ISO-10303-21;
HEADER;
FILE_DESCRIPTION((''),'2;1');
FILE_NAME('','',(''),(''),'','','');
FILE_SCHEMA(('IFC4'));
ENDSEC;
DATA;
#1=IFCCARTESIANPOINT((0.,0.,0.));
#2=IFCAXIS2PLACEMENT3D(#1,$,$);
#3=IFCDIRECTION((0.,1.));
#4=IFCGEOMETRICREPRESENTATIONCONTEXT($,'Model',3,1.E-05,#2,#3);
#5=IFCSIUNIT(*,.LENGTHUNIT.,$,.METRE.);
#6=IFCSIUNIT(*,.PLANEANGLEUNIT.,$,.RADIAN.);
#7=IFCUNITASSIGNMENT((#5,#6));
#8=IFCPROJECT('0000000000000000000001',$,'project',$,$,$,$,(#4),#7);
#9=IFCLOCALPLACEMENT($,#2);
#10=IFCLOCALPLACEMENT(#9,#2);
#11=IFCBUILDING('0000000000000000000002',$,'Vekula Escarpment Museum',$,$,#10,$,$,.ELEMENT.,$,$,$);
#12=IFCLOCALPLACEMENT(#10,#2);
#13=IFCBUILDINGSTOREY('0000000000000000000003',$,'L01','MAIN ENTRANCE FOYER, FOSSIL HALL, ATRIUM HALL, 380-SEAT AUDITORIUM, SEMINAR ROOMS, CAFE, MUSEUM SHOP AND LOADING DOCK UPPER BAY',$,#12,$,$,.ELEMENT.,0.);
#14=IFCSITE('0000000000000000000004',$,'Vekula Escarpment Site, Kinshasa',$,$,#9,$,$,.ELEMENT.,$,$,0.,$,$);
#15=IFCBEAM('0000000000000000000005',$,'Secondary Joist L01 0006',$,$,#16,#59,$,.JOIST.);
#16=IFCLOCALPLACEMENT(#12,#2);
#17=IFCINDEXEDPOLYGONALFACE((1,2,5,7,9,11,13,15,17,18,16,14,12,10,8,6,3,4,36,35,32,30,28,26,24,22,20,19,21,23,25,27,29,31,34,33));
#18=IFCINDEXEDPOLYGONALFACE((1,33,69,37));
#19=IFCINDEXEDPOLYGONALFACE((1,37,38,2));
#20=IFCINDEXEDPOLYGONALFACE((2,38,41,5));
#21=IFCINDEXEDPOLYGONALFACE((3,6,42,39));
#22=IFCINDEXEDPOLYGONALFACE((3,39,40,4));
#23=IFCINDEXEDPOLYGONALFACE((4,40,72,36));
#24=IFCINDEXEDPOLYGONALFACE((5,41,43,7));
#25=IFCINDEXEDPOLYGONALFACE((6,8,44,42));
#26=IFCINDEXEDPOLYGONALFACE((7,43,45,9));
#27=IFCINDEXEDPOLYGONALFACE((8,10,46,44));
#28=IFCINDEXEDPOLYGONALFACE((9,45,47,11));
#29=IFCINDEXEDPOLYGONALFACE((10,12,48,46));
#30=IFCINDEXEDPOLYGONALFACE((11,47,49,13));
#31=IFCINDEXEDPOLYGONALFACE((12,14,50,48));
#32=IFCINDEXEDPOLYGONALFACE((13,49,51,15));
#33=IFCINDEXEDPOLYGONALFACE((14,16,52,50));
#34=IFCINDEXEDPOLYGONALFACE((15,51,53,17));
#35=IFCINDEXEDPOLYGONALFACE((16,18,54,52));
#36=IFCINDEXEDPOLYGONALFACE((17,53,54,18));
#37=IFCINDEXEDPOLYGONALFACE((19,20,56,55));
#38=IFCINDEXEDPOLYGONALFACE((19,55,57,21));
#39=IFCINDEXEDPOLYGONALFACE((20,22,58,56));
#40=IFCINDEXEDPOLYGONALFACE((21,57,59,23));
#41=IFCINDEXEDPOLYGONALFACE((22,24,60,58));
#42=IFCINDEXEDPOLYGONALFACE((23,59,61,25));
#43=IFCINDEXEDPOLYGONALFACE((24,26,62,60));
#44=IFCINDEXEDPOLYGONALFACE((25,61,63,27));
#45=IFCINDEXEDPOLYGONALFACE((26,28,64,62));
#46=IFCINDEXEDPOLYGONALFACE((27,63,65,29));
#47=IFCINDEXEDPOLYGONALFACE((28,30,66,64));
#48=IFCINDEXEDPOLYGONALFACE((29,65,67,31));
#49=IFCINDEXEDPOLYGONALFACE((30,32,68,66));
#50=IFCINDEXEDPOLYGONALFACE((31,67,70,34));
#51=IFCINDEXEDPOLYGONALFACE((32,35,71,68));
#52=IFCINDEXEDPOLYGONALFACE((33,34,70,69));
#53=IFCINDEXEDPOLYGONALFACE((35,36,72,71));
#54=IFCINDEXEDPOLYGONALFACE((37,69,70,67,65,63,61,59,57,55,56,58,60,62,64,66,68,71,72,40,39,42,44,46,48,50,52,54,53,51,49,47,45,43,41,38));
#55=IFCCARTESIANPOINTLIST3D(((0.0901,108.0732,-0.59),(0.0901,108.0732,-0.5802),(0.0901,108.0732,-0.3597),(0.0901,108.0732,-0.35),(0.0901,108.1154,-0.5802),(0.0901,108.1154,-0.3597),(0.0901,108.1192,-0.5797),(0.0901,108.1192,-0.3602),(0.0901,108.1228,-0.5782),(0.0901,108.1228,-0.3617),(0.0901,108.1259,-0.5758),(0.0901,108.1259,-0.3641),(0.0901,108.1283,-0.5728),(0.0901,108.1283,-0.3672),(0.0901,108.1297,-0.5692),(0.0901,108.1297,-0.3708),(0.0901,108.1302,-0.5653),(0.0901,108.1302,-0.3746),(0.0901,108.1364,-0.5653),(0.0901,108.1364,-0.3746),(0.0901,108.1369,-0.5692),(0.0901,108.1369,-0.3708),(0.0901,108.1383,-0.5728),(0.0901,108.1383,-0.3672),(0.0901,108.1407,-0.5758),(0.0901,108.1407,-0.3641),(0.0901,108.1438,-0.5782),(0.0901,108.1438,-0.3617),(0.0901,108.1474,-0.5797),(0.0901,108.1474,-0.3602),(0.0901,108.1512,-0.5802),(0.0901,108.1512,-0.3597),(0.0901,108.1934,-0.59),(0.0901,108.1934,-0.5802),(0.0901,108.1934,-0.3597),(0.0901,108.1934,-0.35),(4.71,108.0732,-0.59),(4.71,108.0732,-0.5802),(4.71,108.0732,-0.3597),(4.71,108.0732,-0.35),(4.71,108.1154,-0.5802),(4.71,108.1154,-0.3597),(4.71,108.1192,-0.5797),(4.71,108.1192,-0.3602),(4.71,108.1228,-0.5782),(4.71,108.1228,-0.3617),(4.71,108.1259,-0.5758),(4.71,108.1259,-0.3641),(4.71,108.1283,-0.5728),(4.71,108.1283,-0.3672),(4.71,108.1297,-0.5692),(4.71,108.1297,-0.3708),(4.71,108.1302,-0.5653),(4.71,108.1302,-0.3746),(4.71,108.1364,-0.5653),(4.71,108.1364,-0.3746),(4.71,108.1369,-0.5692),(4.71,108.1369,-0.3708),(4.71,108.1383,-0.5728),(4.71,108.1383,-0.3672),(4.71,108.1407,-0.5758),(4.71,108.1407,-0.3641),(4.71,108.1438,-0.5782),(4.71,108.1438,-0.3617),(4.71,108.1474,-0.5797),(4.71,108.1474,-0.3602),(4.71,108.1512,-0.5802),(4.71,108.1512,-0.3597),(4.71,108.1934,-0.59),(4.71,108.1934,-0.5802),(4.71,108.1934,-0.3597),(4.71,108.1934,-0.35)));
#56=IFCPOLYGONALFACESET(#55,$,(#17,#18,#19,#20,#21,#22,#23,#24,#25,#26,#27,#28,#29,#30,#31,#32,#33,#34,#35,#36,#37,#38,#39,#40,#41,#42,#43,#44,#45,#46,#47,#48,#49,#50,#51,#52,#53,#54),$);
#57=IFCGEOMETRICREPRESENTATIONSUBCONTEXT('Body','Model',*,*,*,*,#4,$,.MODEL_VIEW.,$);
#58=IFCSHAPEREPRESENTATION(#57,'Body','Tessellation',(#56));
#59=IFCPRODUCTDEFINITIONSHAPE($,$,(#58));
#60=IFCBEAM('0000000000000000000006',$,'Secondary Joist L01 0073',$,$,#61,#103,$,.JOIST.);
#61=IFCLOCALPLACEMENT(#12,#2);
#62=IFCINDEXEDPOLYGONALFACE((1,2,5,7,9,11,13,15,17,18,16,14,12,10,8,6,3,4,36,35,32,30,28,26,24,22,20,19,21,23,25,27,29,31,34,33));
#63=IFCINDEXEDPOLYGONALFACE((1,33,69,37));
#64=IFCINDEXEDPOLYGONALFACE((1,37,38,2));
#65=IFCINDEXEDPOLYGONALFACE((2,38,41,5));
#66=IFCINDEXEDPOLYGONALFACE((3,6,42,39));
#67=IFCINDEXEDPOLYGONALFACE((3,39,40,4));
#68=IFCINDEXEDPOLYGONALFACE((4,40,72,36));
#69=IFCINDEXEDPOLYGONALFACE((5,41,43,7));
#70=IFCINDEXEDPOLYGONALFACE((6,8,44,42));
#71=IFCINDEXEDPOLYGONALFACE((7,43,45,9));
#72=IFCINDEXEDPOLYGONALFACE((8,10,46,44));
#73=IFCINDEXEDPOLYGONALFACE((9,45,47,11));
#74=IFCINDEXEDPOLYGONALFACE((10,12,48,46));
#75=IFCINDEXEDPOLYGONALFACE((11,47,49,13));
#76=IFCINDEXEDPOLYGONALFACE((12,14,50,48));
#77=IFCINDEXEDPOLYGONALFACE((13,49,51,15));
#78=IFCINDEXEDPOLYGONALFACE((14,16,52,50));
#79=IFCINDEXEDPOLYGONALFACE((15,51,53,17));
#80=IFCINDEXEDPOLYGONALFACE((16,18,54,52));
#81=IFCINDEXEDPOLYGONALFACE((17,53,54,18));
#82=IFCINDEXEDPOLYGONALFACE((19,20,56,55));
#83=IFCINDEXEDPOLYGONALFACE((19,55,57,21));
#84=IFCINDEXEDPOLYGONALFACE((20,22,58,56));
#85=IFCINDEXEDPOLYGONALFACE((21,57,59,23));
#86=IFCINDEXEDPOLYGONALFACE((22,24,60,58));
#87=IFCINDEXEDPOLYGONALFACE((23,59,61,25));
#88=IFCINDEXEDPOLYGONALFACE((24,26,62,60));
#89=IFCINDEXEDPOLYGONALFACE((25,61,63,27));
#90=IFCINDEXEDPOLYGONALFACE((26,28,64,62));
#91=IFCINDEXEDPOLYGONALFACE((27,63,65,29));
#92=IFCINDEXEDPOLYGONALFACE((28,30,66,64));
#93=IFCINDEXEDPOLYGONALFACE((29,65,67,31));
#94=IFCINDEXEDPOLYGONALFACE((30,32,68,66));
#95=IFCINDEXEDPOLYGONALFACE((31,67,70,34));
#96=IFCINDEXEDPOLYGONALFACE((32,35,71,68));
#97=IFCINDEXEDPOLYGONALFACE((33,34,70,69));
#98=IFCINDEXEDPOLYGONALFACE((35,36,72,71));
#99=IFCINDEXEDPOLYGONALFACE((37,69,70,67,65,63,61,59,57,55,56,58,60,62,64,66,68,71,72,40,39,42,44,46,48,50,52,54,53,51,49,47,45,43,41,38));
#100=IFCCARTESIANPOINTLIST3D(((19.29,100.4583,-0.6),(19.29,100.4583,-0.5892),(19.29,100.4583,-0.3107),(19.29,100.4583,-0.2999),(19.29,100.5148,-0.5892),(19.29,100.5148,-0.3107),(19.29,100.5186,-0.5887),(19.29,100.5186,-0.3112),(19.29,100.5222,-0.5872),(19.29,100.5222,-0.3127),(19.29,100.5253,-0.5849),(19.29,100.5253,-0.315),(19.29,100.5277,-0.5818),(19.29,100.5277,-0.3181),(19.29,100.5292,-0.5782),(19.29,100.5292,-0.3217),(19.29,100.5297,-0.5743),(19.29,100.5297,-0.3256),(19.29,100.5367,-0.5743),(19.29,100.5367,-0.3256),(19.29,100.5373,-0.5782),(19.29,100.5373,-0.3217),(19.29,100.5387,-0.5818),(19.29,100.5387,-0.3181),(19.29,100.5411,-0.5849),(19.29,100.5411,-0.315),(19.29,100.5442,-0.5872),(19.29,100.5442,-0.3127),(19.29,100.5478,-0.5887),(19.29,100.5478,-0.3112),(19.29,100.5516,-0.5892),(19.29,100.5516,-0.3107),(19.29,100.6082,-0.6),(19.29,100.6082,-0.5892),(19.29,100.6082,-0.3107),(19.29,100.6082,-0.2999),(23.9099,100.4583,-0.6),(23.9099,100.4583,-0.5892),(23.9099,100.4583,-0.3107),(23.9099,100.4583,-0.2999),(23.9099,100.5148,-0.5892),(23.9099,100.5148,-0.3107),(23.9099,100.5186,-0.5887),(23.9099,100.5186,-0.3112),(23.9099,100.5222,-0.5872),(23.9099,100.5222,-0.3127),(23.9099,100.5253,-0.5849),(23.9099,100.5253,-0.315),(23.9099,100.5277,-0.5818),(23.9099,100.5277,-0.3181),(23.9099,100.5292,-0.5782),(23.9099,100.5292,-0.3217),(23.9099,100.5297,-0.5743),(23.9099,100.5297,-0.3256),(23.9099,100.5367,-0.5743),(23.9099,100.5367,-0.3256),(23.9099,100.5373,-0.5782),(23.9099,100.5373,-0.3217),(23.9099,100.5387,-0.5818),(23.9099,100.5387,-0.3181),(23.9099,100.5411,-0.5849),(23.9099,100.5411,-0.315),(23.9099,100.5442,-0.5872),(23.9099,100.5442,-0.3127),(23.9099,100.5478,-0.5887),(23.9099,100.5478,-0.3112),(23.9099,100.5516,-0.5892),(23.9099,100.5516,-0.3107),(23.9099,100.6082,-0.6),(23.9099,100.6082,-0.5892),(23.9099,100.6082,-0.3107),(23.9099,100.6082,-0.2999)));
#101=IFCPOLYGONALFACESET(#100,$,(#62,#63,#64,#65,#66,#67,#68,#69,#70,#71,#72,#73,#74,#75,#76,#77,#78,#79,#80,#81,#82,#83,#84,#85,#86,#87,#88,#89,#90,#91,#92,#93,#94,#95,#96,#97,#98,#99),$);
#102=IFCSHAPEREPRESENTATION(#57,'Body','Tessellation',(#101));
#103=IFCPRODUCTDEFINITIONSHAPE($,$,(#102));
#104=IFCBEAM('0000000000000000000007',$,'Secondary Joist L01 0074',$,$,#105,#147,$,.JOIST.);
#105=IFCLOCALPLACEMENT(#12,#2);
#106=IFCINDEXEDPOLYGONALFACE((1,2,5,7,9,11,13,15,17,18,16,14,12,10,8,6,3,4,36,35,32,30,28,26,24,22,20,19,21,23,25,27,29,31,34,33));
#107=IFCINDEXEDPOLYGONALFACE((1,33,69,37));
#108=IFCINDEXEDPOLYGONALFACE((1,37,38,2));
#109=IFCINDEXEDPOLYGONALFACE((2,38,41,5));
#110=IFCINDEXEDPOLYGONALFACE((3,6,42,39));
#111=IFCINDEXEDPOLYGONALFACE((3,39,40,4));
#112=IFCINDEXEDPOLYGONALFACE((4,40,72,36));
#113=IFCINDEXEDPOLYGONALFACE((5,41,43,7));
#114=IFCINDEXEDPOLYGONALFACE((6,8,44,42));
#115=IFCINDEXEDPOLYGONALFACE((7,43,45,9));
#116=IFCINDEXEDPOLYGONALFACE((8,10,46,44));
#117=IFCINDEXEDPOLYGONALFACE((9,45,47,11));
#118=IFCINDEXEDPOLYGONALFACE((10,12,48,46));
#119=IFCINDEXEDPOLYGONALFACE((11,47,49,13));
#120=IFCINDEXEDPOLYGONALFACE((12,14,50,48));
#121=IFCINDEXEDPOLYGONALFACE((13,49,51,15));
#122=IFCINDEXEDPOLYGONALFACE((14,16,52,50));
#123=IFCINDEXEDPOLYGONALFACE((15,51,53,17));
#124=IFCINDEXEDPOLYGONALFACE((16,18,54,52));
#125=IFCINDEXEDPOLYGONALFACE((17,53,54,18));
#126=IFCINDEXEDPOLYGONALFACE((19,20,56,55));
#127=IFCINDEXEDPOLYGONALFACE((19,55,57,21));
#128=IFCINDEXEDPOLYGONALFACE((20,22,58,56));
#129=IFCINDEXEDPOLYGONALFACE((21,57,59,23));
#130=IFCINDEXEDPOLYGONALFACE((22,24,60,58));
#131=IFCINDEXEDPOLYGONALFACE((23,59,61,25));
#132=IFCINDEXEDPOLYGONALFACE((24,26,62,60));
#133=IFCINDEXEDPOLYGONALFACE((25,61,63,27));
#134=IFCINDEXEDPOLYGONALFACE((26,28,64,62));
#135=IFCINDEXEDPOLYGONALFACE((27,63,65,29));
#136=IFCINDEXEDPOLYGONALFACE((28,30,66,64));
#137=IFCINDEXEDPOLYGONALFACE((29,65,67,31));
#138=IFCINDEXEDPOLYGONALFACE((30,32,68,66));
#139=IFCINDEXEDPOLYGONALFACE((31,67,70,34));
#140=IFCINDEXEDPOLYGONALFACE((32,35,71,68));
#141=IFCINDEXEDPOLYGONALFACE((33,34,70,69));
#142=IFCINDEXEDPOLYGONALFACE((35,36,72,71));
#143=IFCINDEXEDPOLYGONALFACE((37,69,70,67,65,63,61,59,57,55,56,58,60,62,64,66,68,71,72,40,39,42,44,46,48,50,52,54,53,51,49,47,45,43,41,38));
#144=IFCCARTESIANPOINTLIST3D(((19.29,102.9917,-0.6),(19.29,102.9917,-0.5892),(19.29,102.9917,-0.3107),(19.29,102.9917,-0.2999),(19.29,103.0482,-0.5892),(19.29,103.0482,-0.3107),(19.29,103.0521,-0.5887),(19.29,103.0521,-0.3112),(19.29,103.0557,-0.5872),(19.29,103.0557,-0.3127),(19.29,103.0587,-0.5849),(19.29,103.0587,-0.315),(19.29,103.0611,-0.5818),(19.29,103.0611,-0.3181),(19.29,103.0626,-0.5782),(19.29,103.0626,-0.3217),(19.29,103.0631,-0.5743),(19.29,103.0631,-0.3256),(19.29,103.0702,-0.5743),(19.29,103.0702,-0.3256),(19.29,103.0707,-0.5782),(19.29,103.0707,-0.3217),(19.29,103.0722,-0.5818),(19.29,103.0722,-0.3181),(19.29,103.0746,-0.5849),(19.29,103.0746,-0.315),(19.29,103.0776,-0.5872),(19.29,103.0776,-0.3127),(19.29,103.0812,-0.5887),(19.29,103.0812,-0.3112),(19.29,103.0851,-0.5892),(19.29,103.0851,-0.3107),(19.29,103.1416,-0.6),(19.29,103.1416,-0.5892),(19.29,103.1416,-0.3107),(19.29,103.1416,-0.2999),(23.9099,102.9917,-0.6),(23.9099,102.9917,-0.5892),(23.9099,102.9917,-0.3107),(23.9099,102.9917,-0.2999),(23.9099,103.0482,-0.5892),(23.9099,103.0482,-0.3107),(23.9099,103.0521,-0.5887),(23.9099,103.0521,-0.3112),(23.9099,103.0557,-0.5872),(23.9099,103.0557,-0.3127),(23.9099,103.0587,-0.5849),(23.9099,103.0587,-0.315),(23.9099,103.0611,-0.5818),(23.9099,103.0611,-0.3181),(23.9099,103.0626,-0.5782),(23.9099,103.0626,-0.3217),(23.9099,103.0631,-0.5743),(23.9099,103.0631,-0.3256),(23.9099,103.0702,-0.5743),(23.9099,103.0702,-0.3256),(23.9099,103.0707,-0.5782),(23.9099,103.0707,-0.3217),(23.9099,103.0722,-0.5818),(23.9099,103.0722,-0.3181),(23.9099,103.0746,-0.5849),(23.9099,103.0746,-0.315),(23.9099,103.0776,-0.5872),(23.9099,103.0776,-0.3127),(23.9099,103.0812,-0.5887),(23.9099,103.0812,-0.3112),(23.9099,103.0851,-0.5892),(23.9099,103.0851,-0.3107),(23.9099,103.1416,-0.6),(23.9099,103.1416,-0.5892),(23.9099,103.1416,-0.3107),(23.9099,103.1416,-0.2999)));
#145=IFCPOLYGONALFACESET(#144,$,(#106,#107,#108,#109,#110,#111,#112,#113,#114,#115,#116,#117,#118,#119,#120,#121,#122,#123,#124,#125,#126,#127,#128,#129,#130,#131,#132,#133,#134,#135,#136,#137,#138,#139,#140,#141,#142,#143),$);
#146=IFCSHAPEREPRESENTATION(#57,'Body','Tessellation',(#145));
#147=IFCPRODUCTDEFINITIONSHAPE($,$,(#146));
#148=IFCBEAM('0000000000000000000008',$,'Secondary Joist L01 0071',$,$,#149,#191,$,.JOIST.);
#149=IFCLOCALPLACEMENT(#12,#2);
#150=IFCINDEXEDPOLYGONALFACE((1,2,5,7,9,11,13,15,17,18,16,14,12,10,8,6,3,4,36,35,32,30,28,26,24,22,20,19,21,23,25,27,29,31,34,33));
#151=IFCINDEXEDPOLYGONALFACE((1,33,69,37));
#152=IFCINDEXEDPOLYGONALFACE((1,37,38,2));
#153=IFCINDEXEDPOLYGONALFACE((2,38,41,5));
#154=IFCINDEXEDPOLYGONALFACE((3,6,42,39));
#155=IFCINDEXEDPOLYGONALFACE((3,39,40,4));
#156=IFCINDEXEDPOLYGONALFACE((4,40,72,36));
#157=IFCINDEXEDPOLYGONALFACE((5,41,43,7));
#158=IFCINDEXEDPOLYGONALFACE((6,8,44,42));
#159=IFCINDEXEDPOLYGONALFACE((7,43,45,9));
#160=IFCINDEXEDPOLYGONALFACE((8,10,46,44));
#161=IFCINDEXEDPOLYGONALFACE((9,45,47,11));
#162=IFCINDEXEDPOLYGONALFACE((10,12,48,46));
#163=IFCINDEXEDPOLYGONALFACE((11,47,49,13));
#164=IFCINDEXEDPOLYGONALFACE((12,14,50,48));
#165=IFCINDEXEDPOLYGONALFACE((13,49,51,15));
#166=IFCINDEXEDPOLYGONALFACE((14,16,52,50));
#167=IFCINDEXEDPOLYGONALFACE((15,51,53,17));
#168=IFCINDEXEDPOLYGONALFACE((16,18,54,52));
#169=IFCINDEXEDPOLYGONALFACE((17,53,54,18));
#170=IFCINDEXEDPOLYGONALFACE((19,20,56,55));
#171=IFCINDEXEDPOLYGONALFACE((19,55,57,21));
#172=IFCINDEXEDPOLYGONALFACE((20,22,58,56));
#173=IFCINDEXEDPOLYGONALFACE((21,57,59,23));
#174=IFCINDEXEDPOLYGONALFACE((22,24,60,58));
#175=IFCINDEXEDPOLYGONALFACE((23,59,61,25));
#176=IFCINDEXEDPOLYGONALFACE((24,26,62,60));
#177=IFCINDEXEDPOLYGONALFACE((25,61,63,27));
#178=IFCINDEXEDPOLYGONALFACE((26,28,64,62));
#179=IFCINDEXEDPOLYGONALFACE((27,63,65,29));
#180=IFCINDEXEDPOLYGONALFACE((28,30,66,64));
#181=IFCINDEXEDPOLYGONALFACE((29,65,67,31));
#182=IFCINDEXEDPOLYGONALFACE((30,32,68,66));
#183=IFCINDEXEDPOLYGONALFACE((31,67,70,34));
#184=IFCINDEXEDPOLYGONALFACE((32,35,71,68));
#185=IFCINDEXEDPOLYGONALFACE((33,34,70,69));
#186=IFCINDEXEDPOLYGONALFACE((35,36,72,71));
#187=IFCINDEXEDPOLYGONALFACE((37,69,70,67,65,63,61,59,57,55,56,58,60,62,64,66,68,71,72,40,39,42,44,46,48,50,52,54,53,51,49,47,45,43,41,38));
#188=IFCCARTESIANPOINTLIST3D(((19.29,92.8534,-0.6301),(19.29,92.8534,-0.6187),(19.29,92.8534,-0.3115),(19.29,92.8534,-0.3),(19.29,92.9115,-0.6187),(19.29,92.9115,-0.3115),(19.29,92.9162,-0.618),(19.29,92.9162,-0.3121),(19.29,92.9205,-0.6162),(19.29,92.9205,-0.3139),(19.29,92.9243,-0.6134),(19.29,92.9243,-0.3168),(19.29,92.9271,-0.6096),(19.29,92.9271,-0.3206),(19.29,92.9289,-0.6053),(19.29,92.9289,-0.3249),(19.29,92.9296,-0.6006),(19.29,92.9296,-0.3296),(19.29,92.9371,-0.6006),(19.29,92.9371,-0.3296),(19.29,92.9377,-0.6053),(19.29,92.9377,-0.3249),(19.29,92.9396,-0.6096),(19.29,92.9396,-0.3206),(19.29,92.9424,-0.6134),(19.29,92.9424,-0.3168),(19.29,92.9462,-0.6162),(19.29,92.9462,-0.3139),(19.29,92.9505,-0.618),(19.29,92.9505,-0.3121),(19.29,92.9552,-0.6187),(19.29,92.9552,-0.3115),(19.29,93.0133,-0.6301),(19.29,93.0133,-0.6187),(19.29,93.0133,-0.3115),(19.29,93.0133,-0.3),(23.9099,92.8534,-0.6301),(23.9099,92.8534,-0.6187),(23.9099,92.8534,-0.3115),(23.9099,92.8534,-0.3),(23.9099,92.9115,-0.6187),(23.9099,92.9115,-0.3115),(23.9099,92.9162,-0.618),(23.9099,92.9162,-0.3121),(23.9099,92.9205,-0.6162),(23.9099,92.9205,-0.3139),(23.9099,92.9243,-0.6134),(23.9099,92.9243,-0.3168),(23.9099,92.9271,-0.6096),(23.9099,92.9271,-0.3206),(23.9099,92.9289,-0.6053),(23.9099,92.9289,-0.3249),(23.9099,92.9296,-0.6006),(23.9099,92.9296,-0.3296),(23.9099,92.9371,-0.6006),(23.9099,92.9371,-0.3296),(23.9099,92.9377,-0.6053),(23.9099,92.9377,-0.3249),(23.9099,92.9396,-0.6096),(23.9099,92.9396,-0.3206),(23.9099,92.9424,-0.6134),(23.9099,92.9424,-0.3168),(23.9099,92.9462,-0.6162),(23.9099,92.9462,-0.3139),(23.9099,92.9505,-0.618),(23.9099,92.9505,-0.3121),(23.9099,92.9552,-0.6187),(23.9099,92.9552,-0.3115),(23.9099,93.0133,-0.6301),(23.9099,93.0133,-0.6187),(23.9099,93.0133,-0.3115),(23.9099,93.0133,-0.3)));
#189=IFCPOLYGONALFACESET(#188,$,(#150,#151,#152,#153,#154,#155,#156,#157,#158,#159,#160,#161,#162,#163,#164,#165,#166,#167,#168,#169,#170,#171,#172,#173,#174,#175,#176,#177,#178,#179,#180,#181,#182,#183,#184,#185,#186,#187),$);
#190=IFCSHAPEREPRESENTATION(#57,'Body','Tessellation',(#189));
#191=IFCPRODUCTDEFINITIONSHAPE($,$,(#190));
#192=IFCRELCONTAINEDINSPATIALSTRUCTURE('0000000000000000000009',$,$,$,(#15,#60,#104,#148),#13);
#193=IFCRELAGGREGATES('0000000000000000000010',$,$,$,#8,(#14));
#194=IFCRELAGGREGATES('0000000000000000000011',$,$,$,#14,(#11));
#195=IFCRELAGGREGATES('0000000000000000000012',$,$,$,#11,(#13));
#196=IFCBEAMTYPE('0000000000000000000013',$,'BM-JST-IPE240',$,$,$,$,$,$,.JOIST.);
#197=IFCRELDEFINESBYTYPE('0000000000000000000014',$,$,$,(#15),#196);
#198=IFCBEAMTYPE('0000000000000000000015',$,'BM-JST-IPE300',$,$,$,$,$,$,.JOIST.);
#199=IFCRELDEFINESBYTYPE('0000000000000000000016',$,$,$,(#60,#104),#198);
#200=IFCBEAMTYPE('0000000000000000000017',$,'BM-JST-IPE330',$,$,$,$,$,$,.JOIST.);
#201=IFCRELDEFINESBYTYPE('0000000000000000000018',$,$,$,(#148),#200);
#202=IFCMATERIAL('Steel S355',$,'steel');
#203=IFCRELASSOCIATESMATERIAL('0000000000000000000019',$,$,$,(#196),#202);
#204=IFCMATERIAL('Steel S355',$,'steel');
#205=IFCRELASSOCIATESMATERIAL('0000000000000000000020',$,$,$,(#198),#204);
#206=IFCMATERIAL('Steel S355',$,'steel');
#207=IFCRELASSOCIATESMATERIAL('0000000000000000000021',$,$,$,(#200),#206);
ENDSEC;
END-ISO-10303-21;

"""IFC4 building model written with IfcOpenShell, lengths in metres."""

from ifc_helpers import new_model, si_unit, direction, frame, origin, origin_2d, place, context, subcontext, project, spatial, i_section, extrude, material, material_profile, profile_set, type_object, element, save


model = new_model("IFC4")

# Units and contexts
model_context = context("Model", 3, precision=1e-05, world=origin(), true_north=direction((0.0, 1.0)))
body_context = subcontext(model_context, "Body", "Model", "MODEL_VIEW")
ifc_project = project(units=[si_unit("LENGTHUNIT", "METRE"), si_unit("PLANEANGLEUNIT", "RADIAN")], contexts=[model_context])

# Site, building, storey
site_placement = place(None, origin())
site = spatial("IfcSite", under=ifc_project, at=site_placement, Name="Vekula Escarpment Site, Kinshasa", CompositionType="ELEMENT", RefElevation=0.0)
building_placement = place(site_placement, origin())
building = spatial("IfcBuilding", under=site, at=building_placement, Name="Vekula Escarpment Museum", CompositionType="ELEMENT")
storey_placement = place(building_placement, origin())
storey = spatial("IfcBuildingStorey", under=building, at=storey_placement, Name="L01", Description="MAIN ENTRANCE FOYER, FOSSIL HALL, ATRIUM HALL, 380-SEAT AUDITORIUM, SEMINAR ROOMS, CAFE, MUSEUM SHOP AND LOADING DOCK UPPER BAY", CompositionType="ELEMENT", Elevation=0.0)

# Beams
ifc_material_1 = material(Name="Steel S355", Category="steel")
ifc_material_profile_1 = material_profile(ifc_material_1, i_section(OverallWidth=0.1201, OverallDepth=0.24, WebThickness=0.0061, FlangeThickness=0.0098, FilletRadius=0.0149, at=origin_2d()), Name="IPE 240")
ifc_profile_set_1 = profile_set([ifc_material_profile_1], Name="Steel S355")
beam_type_1 = type_object("IfcBeamType", Name="BM-JST-IPE240", PredefinedType="JOIST", material=ifc_profile_set_1)
beam_1_placement = place(storey_placement, frame((0.0901, 108.1333, -0.47), z_axis=(1.0, 0.0, 0.0), x_axis=(0.0, 1.0, 0.0)))
element("IfcBeam", 1, at=beam_1_placement, inside=storey, type_object=beam_type_1, Name="Secondary Joist L01 0006", PredefinedType="JOIST", context=body_context, shape_type="SweptSolid", body=[
    extrude(i_section(OverallWidth=0.1201, OverallDepth=0.24, WebThickness=0.0061, FlangeThickness=0.0098, FilletRadius=0.0149, at=origin_2d()), origin(), (0.0, 0.0, 1.0), 4.6199),
])
ifc_material_2 = material(Name="Steel S355", Category="steel")
ifc_material_profile_2 = material_profile(ifc_material_2, i_section(OverallWidth=0.1499, OverallDepth=0.3, WebThickness=0.0071, FlangeThickness=0.0107, FilletRadius=0.0149, at=origin_2d()), Name="IPE 300")
ifc_profile_set_2 = profile_set([ifc_material_profile_2], Name="Steel S355")
beam_type_2 = type_object("IfcBeamType", Name="BM-JST-IPE300", PredefinedType="JOIST", material=ifc_profile_set_2)
for number, where, z_axis, x_axis, name in (
    (2, (19.29, 100.5332, -0.45), (1.0, 0.0, 0.0), (0.0, 1.0, 0.0), "Secondary Joist L01 0073"),
    (3, (19.29, 103.0667, -0.45), (1.0, 0.0, 0.0), (0.0, 1.0, 0.0), "Secondary Joist L01 0074"),
):
    element("IfcBeam", number, at=place(storey_placement, frame(where, z_axis=z_axis, x_axis=x_axis)), inside=storey, type_object=beam_type_2, Name=name, PredefinedType="JOIST", context=body_context, shape_type="SweptSolid", body=[
        extrude(i_section(OverallWidth=0.1499, OverallDepth=0.3, WebThickness=0.0071, FlangeThickness=0.0107, FilletRadius=0.0149, at=origin_2d()), origin(), (0.0, 0.0, 1.0), 4.6199),
    ])
ifc_material_3 = material(Name="Steel S355", Category="steel")
ifc_material_profile_3 = material_profile(ifc_material_3, i_section(OverallWidth=0.1599, OverallDepth=0.3301, WebThickness=0.0076, FlangeThickness=0.0115, FilletRadius=0.0181, at=origin_2d()), Name="IPE 330")
ifc_profile_set_3 = profile_set([ifc_material_profile_3], Name="Steel S355")
beam_type_3 = type_object("IfcBeamType", Name="BM-JST-IPE330", PredefinedType="JOIST", material=ifc_profile_set_3)
for number, where, z_axis, x_axis, name in (
    (4, (19.29, 92.9333, -0.4651), (1.0, 0.0, 0.0), (0.0, 1.0, 0.0), "Secondary Joist L01 0071"),
):
    element("IfcBeam", number, at=place(storey_placement, frame(where, z_axis=z_axis, x_axis=x_axis)), inside=storey, type_object=beam_type_3, Name=name, PredefinedType="JOIST", context=body_context, shape_type="SweptSolid", body=[
        extrude(i_section(OverallWidth=0.1599, OverallDepth=0.3301, WebThickness=0.0076, FlangeThickness=0.0115, FilletRadius=0.0181, at=origin_2d()), origin(), (0.0, 0.0, 1.0), 4.6199),
    ])

save(model, "model.ifc")
